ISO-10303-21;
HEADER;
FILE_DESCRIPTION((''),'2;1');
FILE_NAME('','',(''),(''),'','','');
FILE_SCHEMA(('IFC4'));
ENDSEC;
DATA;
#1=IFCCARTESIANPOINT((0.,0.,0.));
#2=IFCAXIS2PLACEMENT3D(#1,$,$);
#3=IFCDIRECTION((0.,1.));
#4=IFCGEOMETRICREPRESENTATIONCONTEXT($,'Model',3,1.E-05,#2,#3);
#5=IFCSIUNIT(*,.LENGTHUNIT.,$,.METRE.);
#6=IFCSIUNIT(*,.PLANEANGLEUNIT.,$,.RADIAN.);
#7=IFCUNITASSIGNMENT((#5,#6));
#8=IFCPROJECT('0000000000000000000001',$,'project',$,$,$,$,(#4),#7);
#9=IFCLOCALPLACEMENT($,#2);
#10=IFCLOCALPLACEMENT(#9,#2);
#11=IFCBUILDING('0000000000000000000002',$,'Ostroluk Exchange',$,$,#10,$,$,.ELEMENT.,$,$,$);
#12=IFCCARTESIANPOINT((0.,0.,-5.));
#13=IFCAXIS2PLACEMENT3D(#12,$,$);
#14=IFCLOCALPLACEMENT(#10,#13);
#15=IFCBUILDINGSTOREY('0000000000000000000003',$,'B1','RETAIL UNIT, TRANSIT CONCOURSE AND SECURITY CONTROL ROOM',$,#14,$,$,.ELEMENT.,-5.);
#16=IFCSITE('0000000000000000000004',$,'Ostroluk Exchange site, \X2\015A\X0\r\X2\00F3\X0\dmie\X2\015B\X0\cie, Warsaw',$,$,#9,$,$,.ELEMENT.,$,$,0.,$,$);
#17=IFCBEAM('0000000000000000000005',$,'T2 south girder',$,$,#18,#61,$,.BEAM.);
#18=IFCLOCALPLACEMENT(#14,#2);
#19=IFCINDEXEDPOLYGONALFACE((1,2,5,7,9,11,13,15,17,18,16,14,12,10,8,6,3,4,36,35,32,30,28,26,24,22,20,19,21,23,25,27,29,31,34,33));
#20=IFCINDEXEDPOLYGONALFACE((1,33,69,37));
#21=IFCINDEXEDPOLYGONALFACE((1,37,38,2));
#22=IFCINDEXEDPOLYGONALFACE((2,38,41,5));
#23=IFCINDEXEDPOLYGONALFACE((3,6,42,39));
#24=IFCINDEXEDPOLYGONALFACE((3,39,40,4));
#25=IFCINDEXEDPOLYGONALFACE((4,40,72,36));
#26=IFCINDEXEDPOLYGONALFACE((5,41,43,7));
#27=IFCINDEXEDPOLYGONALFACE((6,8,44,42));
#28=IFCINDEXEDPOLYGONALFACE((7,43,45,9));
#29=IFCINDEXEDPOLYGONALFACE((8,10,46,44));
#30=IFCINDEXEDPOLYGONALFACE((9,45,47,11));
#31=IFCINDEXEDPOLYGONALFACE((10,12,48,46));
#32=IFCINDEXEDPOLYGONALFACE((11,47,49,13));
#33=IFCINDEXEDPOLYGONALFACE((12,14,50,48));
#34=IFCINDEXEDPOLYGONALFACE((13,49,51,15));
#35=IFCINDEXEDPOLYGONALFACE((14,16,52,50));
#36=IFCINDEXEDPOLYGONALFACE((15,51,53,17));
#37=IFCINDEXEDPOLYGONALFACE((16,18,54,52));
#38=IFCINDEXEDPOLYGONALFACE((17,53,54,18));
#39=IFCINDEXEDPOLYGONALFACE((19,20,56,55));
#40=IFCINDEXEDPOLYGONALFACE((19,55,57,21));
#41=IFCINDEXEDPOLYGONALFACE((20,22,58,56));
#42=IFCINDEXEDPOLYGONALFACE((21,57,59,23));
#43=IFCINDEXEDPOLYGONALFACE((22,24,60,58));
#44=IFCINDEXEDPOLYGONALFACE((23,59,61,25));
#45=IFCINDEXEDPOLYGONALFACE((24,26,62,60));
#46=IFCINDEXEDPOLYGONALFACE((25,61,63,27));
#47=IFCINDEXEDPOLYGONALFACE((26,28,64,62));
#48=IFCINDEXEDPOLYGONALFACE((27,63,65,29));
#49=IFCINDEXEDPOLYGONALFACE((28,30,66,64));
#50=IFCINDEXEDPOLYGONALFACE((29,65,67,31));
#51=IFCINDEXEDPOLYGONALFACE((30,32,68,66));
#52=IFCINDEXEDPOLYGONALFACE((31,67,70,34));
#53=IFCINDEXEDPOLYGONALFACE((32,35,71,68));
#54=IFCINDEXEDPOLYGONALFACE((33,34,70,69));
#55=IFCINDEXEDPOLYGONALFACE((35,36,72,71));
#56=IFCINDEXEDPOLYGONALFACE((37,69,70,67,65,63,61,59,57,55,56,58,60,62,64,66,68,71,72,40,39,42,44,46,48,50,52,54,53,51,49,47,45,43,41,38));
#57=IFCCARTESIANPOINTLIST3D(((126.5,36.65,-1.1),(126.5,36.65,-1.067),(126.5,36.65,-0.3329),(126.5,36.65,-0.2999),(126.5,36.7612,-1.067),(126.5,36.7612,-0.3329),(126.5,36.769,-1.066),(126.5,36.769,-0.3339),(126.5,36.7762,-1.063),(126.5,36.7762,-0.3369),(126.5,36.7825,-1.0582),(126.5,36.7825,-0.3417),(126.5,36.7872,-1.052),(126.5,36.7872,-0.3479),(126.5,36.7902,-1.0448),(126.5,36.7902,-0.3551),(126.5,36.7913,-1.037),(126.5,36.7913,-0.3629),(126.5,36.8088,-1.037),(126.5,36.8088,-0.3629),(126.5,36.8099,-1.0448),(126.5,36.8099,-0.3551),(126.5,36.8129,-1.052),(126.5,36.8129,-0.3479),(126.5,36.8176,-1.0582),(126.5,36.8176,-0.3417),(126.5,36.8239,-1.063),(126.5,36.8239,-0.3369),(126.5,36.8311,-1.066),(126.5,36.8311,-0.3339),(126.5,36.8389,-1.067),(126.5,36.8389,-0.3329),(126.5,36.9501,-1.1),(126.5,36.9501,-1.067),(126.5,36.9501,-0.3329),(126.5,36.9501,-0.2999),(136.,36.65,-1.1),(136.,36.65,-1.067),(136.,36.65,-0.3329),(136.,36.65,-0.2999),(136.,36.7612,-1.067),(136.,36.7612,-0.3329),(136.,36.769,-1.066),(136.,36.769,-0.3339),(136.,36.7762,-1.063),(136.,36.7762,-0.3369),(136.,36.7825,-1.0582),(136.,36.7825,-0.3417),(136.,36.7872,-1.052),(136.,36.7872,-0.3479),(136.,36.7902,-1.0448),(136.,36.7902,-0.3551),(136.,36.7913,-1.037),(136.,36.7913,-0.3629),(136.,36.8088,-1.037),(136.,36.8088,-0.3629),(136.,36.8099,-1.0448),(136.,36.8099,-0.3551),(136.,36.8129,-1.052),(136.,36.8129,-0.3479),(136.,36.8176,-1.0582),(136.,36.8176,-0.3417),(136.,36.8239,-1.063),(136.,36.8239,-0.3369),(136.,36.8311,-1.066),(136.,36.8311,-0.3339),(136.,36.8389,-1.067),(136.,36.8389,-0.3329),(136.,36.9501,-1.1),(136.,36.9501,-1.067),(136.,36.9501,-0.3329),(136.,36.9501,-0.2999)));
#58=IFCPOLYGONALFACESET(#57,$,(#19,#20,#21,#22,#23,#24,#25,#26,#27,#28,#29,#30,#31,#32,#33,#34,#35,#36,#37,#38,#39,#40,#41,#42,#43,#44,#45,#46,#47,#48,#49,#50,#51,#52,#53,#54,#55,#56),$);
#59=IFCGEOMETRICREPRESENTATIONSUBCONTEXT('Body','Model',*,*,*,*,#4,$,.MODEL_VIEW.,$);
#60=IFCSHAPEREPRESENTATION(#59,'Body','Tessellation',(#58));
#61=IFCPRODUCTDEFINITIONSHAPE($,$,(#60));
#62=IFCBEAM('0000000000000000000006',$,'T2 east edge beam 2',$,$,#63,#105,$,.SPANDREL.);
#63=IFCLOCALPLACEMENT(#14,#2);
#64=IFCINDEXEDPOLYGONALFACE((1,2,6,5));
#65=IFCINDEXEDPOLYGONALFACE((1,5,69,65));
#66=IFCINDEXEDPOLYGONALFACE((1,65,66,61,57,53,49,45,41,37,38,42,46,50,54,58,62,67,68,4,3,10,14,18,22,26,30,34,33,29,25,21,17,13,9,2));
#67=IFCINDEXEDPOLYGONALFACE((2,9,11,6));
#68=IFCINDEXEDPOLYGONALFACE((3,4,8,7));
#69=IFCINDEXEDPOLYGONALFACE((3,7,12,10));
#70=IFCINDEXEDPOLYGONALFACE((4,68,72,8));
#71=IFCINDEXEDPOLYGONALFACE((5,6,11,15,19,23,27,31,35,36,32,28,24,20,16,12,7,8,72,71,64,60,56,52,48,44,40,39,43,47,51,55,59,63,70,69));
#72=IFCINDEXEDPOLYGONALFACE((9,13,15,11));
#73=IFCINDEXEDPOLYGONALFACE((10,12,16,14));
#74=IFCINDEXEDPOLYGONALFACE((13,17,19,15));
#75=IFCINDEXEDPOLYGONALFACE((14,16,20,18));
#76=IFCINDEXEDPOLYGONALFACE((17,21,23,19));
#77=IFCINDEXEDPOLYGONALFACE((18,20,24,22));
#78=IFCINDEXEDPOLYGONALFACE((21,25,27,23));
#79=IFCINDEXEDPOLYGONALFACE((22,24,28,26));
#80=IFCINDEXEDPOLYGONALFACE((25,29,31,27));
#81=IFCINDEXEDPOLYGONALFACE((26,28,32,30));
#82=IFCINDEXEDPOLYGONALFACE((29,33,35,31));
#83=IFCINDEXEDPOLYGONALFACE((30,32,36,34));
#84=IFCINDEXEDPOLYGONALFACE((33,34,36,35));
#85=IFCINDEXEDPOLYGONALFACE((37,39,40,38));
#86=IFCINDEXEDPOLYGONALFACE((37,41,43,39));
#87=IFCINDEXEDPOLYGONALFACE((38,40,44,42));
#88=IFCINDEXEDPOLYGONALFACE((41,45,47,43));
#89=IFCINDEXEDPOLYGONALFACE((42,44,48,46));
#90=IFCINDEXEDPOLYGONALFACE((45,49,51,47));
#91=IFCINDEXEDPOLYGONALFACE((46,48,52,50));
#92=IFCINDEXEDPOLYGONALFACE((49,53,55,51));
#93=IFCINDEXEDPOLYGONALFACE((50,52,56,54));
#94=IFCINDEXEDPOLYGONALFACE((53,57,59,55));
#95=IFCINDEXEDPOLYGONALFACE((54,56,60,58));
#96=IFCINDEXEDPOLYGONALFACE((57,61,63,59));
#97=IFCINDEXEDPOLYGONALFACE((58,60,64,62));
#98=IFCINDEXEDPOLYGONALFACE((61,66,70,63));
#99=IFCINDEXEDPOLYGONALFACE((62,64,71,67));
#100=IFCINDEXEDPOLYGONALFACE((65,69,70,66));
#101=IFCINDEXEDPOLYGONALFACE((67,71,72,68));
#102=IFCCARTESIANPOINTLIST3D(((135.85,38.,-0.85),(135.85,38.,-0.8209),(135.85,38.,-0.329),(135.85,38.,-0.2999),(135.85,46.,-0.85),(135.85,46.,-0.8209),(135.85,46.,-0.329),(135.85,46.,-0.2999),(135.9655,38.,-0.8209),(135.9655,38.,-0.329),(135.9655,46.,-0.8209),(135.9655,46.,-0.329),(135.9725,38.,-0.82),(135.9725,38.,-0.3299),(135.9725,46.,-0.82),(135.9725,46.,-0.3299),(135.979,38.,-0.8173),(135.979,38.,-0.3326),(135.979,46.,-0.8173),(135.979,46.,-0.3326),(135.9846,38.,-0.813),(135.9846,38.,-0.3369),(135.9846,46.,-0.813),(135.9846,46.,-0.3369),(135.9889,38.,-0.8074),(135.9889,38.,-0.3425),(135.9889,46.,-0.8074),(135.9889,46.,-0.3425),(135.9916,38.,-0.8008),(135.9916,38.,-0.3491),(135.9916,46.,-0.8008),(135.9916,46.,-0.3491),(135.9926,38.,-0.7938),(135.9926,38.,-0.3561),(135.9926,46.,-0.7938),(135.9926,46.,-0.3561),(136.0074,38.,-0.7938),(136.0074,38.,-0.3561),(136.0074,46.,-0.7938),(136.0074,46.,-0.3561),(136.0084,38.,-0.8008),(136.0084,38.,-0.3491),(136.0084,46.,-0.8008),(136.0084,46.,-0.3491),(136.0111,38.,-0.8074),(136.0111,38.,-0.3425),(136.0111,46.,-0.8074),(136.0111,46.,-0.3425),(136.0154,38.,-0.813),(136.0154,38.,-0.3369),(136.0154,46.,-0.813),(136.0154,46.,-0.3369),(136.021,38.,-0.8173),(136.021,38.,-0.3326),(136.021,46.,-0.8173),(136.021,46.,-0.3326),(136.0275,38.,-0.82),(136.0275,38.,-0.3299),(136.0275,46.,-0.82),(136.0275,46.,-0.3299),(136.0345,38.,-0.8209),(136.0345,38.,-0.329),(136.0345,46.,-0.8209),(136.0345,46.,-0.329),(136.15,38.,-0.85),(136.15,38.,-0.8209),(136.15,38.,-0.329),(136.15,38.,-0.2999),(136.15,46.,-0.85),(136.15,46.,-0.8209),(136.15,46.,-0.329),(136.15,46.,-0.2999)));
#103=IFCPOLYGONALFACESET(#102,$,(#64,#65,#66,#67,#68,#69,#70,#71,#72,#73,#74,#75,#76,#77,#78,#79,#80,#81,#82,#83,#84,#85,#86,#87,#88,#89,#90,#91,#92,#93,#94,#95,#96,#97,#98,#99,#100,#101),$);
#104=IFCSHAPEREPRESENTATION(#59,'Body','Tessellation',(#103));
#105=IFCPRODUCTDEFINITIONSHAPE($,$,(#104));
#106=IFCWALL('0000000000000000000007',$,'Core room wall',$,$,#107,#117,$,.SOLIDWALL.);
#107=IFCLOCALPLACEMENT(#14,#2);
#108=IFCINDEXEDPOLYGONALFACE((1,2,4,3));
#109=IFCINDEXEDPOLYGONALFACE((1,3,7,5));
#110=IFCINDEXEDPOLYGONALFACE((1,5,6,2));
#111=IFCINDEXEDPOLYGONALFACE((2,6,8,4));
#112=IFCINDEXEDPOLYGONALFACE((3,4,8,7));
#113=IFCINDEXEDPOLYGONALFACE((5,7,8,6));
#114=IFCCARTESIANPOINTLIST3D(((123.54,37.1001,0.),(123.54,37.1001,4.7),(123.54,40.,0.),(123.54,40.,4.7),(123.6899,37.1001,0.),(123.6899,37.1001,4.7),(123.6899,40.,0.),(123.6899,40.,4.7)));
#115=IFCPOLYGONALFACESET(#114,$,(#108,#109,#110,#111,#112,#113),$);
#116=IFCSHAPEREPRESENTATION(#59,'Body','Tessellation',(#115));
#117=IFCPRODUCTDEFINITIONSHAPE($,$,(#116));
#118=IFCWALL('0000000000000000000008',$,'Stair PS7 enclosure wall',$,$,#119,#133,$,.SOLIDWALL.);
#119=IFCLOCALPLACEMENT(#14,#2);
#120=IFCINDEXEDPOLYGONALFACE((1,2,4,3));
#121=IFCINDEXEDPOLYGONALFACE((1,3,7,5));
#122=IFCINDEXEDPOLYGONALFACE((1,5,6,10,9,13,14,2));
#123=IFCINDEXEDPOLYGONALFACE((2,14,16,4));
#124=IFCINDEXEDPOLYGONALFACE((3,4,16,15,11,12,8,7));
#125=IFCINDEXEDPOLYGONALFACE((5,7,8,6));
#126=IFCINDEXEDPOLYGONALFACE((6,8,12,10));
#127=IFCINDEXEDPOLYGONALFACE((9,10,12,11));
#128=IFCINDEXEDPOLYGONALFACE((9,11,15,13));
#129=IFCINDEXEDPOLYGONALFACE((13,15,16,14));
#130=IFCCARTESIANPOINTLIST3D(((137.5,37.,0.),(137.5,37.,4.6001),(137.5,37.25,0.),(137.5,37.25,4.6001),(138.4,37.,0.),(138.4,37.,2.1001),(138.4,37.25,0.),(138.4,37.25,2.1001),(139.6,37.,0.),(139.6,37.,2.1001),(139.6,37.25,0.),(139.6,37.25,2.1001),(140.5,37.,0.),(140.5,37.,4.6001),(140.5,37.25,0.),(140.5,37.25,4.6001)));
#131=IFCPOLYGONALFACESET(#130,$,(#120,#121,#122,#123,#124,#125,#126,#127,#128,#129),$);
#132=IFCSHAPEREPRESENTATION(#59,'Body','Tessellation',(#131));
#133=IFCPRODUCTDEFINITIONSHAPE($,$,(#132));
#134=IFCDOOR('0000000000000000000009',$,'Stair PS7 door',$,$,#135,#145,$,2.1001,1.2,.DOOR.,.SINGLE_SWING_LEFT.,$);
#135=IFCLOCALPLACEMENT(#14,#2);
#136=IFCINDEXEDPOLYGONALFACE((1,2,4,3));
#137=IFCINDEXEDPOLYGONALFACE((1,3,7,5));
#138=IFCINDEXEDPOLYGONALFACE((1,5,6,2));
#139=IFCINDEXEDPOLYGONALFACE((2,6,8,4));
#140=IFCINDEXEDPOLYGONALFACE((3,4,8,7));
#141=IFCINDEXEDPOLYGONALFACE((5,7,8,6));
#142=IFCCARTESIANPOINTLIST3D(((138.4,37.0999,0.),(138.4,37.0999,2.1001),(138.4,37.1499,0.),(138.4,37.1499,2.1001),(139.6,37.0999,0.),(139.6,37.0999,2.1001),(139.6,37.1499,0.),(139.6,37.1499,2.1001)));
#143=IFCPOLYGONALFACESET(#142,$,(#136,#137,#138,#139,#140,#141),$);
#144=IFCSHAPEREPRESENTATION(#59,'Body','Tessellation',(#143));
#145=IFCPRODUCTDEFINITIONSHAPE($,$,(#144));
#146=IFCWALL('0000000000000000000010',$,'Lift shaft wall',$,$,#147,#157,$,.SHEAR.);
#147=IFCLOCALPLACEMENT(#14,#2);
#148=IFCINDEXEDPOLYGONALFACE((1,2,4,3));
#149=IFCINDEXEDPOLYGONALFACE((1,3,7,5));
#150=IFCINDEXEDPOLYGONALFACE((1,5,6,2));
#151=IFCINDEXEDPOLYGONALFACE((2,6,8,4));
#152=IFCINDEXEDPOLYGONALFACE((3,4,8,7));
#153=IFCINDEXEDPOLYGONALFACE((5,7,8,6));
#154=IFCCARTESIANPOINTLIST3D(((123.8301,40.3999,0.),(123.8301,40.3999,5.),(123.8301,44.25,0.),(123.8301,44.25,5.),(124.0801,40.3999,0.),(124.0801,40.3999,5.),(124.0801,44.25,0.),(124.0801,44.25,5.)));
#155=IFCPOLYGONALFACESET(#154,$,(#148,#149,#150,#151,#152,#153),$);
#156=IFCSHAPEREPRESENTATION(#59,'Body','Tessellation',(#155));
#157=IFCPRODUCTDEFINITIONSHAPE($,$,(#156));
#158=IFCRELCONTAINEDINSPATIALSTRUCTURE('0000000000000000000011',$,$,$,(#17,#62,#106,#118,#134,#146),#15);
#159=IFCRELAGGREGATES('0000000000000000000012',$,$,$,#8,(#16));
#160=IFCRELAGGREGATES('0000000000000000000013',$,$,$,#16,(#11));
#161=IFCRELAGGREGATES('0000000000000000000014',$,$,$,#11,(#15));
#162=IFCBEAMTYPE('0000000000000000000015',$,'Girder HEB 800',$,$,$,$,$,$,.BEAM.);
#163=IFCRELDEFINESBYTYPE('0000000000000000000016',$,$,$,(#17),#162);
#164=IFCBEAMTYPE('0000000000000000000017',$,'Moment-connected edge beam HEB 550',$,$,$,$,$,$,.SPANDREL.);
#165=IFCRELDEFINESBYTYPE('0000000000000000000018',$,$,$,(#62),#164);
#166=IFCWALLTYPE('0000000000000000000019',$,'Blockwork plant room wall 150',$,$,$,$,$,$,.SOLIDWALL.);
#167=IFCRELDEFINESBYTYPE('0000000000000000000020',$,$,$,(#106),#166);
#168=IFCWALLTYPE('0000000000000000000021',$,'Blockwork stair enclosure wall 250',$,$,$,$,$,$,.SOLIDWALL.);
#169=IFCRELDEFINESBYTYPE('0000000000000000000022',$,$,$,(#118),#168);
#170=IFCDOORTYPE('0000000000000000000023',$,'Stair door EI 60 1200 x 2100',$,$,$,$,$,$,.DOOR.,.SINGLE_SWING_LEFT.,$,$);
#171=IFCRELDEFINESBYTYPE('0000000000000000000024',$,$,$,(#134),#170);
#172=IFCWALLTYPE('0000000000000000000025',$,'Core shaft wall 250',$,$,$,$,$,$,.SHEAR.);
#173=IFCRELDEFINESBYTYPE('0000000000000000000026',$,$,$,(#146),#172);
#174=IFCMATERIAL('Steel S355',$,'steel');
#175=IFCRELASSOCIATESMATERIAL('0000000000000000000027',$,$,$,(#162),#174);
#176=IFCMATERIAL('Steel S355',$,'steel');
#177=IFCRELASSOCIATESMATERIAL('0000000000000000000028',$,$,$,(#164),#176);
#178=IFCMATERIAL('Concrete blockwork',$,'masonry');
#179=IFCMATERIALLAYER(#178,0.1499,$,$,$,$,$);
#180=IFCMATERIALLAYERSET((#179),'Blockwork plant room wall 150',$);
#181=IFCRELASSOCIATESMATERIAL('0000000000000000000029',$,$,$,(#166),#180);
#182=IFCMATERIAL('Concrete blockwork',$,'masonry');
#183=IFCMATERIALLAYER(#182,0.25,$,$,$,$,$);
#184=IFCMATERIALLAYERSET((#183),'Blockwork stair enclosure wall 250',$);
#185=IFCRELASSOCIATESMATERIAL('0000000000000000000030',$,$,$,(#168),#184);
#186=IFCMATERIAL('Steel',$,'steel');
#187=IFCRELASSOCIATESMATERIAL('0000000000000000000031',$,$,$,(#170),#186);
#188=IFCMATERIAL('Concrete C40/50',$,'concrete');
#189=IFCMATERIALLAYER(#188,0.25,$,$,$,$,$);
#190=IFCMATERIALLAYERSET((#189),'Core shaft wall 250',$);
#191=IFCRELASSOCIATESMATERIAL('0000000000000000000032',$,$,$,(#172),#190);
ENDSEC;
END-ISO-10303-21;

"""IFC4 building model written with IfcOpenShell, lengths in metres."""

from ifc_helpers import new_model, si_unit, direction, frame, frame_2d, origin, origin_2d, place, context, subcontext, project, spatial, rectangle, i_section, extrude, material, layer, layer_set, material_profile, profile_set, type_object, element, fill, save


model = new_model("IFC4")

# Units and contexts
model_context = context("Model", 3, precision=1e-05, world=origin(), true_north=direction((0.0, 1.0)))
body_context = subcontext(model_context, "Body", "Model", "MODEL_VIEW")
ifc_project = project(units=[si_unit("LENGTHUNIT", "METRE"), si_unit("PLANEANGLEUNIT", "RADIAN")], contexts=[model_context])

# Site, building, storey
site_placement = place(None, origin())
site = spatial("IfcSite", under=ifc_project, at=site_placement, Name="Ostroluk Exchange site, Śródmieście, Warsaw", CompositionType="ELEMENT", RefElevation=0.0)
building_placement = place(site_placement, origin())
building = spatial("IfcBuilding", under=site, at=building_placement, Name="Ostroluk Exchange", CompositionType="ELEMENT")
storey_placement = place(building_placement, frame((0.0, 0.0, -5.0)))
storey = spatial("IfcBuildingStorey", under=building, at=storey_placement, Name="B1", Description="RETAIL UNIT, TRANSIT CONCOURSE AND SECURITY CONTROL ROOM", CompositionType="ELEMENT", Elevation=-5.0)

# Beams
ifc_material_1 = material(Name="Steel S355", Category="steel")
ifc_material_profile_1 = material_profile(ifc_material_1, i_section(OverallWidth=0.3, OverallDepth=0.8, WebThickness=0.0176, FlangeThickness=0.033, FilletRadius=0.03, at=origin_2d()), Name="HEB 800")
ifc_profile_set_1 = profile_set([ifc_material_profile_1], Name="Steel S355")
beam_type_1 = type_object("IfcBeamType", Name="Girder HEB 800", PredefinedType="BEAM", material=ifc_profile_set_1)
beam_1_placement = place(storey_placement, frame((126.5, 36.8, -0.7), z_axis=(1.0, 0.0, 0.0), x_axis=(0.0, 1.0, 0.0)))
element("IfcBeam", 1, at=beam_1_placement, inside=storey, type_object=beam_type_1, Name="T2 south girder", PredefinedType="BEAM", context=body_context, shape_type="SweptSolid", body=[
    extrude(i_section(OverallWidth=0.3, OverallDepth=0.8, WebThickness=0.0176, FlangeThickness=0.033, FilletRadius=0.03, at=origin_2d()), origin(), (0.0, 0.0, 1.0), 9.5),
])
ifc_material_2 = material(Name="Steel S355", Category="steel")
ifc_material_profile_2 = material_profile(ifc_material_2, i_section(OverallWidth=0.3, OverallDepth=0.55, WebThickness=0.0149, FlangeThickness=0.0291, FilletRadius=0.0271, at=origin_2d()), Name="HEB 550")
ifc_profile_set_2 = profile_set([ifc_material_profile_2], Name="Steel S355")
beam_type_2 = type_object("IfcBeamType", Name="Moment-connected edge beam HEB 550", PredefinedType="SPANDREL", material=ifc_profile_set_2)
beam_2_placement = place(storey_placement, frame((136.0, 38.0, -0.575), z_axis=(0.0, 1.0, 0.0), x_axis=(-1.0, 0.0, 0.0)))
element("IfcBeam", 2, at=beam_2_placement, inside=storey, type_object=beam_type_2, Name="T2 east edge beam 2", PredefinedType="SPANDREL", context=body_context, shape_type="SweptSolid", body=[
    extrude(i_section(OverallWidth=0.3, OverallDepth=0.55, WebThickness=0.0149, FlangeThickness=0.0291, FilletRadius=0.0271, at=origin_2d()), origin(), (0.0, 0.0, 1.0), 8.0),
])

# Wall
ifc_material_3 = material(Name="Concrete blockwork", Category="masonry")
ifc_layer_1 = layer(ifc_material_3, 0.1499)
ifc_layer_set_1 = layer_set([ifc_layer_1], Name="Blockwork plant room wall 150")
wall_type_1 = type_object("IfcWallType", Name="Blockwork plant room wall 150", PredefinedType="SOLIDWALL", material=ifc_layer_set_1)
wall_1_placement = place(storey_placement, frame((123.615, 37.1001, 0.0), z_axis=(0.0, 0.0, 1.0), x_axis=(0.0, 1.0, 0.0)))
element("IfcWall", 3, at=wall_1_placement, inside=storey, type_object=wall_type_1, Name="Core room wall", PredefinedType="SOLIDWALL", context=body_context, shape_type="SweptSolid", body=[
    extrude(rectangle(XDim=2.8999, YDim=0.1499, at=frame_2d((1.45, 0.0))), origin(), (0.0, 0.0, 1.0), 4.7),
])

# Wall, opening, door
ifc_material_4 = material(Name="Concrete blockwork", Category="masonry")
ifc_layer_2 = layer(ifc_material_4, 0.25)
ifc_layer_set_2 = layer_set([ifc_layer_2], Name="Blockwork stair enclosure wall 250")
wall_type_2 = type_object("IfcWallType", Name="Blockwork stair enclosure wall 250", PredefinedType="SOLIDWALL", material=ifc_layer_set_2)
wall_2_placement = place(storey_placement, frame((137.5, 37.125, 0.0), z_axis=(0.0, 0.0, 1.0), x_axis=(1.0, 0.0, 0.0)))
wall_2 = element("IfcWall", 4, at=wall_2_placement, inside=storey, type_object=wall_type_2, Name="Stair PS7 enclosure wall", PredefinedType="SOLIDWALL", context=body_context, shape_type="SweptSolid", body=[
    extrude(rectangle(XDim=3.0, YDim=0.25, at=frame_2d((1.5, 0.0))), origin(), (0.0, 0.0, 1.0), 4.6001),
])
opening_1_placement = place(wall_2_placement, frame((0.8999, 0.0, 0.0)))
opening_1 = element("IfcOpeningElement", 5, at=opening_1_placement, cuts=wall_2, PredefinedType="OPENING", context=body_context, shape_type="SweptSolid", body=[
    extrude(rectangle(XDim=1.2, YDim=2.1001, at=frame_2d((0.6001, 1.05))), frame((0.0, 0.135, 0.0), z_axis=(0.0, -1.0, 0.0), x_axis=(1.0, 0.0, 0.0)), (0.0, 0.0, 1.0), 0.27),
])
ifc_material_5 = material(Name="Steel", Category="steel")
door_type_1 = type_object("IfcDoorType", Name="Stair door EI 60 1200 x 2100", OperationType="SINGLE_SWING_LEFT", PredefinedType="DOOR", material=ifc_material_5)
door_1_placement = place(opening_1_placement, origin())
door_1 = element("IfcDoor", 6, at=door_1_placement, inside=storey, type_object=door_type_1, Name="Stair PS7 door", OperationType="SINGLE_SWING_LEFT", OverallHeight=2.1001, OverallWidth=1.2, PredefinedType="DOOR", context=body_context, shape_type="SweptSolid", body=[
    extrude(rectangle(XDim=1.2, YDim=2.1001, at=frame_2d((0.6001, 1.05))), frame((0.0, 0.0249, 0.0), z_axis=(0.0, -1.0, 0.0), x_axis=(1.0, 0.0, 0.0)), (0.0, 0.0, 1.0), 0.05),
])
fill(opening_1, door_1)

# Wall
ifc_material_6 = material(Name="Concrete C40/50", Category="concrete")
ifc_layer_3 = layer(ifc_material_6, 0.25)
ifc_layer_set_3 = layer_set([ifc_layer_3], Name="Core shaft wall 250")
wall_type_3 = type_object("IfcWallType", Name="Core shaft wall 250", PredefinedType="SHEAR", material=ifc_layer_set_3)
wall_3_placement = place(storey_placement, frame((123.9551, 44.25, 0.0), z_axis=(0.0, 0.0, 1.0), x_axis=(0.0, -1.0, 0.0)))
element("IfcWall", 7, at=wall_3_placement, inside=storey, type_object=wall_type_3, Name="Lift shaft wall", PredefinedType="SHEAR", context=body_context, shape_type="SweptSolid", body=[
    extrude(rectangle(XDim=3.8501, YDim=0.25, at=frame_2d((1.925, 0.0))), origin(), (0.0, 0.0, 1.0), 5.0),
])

save(model, "model.ifc")
